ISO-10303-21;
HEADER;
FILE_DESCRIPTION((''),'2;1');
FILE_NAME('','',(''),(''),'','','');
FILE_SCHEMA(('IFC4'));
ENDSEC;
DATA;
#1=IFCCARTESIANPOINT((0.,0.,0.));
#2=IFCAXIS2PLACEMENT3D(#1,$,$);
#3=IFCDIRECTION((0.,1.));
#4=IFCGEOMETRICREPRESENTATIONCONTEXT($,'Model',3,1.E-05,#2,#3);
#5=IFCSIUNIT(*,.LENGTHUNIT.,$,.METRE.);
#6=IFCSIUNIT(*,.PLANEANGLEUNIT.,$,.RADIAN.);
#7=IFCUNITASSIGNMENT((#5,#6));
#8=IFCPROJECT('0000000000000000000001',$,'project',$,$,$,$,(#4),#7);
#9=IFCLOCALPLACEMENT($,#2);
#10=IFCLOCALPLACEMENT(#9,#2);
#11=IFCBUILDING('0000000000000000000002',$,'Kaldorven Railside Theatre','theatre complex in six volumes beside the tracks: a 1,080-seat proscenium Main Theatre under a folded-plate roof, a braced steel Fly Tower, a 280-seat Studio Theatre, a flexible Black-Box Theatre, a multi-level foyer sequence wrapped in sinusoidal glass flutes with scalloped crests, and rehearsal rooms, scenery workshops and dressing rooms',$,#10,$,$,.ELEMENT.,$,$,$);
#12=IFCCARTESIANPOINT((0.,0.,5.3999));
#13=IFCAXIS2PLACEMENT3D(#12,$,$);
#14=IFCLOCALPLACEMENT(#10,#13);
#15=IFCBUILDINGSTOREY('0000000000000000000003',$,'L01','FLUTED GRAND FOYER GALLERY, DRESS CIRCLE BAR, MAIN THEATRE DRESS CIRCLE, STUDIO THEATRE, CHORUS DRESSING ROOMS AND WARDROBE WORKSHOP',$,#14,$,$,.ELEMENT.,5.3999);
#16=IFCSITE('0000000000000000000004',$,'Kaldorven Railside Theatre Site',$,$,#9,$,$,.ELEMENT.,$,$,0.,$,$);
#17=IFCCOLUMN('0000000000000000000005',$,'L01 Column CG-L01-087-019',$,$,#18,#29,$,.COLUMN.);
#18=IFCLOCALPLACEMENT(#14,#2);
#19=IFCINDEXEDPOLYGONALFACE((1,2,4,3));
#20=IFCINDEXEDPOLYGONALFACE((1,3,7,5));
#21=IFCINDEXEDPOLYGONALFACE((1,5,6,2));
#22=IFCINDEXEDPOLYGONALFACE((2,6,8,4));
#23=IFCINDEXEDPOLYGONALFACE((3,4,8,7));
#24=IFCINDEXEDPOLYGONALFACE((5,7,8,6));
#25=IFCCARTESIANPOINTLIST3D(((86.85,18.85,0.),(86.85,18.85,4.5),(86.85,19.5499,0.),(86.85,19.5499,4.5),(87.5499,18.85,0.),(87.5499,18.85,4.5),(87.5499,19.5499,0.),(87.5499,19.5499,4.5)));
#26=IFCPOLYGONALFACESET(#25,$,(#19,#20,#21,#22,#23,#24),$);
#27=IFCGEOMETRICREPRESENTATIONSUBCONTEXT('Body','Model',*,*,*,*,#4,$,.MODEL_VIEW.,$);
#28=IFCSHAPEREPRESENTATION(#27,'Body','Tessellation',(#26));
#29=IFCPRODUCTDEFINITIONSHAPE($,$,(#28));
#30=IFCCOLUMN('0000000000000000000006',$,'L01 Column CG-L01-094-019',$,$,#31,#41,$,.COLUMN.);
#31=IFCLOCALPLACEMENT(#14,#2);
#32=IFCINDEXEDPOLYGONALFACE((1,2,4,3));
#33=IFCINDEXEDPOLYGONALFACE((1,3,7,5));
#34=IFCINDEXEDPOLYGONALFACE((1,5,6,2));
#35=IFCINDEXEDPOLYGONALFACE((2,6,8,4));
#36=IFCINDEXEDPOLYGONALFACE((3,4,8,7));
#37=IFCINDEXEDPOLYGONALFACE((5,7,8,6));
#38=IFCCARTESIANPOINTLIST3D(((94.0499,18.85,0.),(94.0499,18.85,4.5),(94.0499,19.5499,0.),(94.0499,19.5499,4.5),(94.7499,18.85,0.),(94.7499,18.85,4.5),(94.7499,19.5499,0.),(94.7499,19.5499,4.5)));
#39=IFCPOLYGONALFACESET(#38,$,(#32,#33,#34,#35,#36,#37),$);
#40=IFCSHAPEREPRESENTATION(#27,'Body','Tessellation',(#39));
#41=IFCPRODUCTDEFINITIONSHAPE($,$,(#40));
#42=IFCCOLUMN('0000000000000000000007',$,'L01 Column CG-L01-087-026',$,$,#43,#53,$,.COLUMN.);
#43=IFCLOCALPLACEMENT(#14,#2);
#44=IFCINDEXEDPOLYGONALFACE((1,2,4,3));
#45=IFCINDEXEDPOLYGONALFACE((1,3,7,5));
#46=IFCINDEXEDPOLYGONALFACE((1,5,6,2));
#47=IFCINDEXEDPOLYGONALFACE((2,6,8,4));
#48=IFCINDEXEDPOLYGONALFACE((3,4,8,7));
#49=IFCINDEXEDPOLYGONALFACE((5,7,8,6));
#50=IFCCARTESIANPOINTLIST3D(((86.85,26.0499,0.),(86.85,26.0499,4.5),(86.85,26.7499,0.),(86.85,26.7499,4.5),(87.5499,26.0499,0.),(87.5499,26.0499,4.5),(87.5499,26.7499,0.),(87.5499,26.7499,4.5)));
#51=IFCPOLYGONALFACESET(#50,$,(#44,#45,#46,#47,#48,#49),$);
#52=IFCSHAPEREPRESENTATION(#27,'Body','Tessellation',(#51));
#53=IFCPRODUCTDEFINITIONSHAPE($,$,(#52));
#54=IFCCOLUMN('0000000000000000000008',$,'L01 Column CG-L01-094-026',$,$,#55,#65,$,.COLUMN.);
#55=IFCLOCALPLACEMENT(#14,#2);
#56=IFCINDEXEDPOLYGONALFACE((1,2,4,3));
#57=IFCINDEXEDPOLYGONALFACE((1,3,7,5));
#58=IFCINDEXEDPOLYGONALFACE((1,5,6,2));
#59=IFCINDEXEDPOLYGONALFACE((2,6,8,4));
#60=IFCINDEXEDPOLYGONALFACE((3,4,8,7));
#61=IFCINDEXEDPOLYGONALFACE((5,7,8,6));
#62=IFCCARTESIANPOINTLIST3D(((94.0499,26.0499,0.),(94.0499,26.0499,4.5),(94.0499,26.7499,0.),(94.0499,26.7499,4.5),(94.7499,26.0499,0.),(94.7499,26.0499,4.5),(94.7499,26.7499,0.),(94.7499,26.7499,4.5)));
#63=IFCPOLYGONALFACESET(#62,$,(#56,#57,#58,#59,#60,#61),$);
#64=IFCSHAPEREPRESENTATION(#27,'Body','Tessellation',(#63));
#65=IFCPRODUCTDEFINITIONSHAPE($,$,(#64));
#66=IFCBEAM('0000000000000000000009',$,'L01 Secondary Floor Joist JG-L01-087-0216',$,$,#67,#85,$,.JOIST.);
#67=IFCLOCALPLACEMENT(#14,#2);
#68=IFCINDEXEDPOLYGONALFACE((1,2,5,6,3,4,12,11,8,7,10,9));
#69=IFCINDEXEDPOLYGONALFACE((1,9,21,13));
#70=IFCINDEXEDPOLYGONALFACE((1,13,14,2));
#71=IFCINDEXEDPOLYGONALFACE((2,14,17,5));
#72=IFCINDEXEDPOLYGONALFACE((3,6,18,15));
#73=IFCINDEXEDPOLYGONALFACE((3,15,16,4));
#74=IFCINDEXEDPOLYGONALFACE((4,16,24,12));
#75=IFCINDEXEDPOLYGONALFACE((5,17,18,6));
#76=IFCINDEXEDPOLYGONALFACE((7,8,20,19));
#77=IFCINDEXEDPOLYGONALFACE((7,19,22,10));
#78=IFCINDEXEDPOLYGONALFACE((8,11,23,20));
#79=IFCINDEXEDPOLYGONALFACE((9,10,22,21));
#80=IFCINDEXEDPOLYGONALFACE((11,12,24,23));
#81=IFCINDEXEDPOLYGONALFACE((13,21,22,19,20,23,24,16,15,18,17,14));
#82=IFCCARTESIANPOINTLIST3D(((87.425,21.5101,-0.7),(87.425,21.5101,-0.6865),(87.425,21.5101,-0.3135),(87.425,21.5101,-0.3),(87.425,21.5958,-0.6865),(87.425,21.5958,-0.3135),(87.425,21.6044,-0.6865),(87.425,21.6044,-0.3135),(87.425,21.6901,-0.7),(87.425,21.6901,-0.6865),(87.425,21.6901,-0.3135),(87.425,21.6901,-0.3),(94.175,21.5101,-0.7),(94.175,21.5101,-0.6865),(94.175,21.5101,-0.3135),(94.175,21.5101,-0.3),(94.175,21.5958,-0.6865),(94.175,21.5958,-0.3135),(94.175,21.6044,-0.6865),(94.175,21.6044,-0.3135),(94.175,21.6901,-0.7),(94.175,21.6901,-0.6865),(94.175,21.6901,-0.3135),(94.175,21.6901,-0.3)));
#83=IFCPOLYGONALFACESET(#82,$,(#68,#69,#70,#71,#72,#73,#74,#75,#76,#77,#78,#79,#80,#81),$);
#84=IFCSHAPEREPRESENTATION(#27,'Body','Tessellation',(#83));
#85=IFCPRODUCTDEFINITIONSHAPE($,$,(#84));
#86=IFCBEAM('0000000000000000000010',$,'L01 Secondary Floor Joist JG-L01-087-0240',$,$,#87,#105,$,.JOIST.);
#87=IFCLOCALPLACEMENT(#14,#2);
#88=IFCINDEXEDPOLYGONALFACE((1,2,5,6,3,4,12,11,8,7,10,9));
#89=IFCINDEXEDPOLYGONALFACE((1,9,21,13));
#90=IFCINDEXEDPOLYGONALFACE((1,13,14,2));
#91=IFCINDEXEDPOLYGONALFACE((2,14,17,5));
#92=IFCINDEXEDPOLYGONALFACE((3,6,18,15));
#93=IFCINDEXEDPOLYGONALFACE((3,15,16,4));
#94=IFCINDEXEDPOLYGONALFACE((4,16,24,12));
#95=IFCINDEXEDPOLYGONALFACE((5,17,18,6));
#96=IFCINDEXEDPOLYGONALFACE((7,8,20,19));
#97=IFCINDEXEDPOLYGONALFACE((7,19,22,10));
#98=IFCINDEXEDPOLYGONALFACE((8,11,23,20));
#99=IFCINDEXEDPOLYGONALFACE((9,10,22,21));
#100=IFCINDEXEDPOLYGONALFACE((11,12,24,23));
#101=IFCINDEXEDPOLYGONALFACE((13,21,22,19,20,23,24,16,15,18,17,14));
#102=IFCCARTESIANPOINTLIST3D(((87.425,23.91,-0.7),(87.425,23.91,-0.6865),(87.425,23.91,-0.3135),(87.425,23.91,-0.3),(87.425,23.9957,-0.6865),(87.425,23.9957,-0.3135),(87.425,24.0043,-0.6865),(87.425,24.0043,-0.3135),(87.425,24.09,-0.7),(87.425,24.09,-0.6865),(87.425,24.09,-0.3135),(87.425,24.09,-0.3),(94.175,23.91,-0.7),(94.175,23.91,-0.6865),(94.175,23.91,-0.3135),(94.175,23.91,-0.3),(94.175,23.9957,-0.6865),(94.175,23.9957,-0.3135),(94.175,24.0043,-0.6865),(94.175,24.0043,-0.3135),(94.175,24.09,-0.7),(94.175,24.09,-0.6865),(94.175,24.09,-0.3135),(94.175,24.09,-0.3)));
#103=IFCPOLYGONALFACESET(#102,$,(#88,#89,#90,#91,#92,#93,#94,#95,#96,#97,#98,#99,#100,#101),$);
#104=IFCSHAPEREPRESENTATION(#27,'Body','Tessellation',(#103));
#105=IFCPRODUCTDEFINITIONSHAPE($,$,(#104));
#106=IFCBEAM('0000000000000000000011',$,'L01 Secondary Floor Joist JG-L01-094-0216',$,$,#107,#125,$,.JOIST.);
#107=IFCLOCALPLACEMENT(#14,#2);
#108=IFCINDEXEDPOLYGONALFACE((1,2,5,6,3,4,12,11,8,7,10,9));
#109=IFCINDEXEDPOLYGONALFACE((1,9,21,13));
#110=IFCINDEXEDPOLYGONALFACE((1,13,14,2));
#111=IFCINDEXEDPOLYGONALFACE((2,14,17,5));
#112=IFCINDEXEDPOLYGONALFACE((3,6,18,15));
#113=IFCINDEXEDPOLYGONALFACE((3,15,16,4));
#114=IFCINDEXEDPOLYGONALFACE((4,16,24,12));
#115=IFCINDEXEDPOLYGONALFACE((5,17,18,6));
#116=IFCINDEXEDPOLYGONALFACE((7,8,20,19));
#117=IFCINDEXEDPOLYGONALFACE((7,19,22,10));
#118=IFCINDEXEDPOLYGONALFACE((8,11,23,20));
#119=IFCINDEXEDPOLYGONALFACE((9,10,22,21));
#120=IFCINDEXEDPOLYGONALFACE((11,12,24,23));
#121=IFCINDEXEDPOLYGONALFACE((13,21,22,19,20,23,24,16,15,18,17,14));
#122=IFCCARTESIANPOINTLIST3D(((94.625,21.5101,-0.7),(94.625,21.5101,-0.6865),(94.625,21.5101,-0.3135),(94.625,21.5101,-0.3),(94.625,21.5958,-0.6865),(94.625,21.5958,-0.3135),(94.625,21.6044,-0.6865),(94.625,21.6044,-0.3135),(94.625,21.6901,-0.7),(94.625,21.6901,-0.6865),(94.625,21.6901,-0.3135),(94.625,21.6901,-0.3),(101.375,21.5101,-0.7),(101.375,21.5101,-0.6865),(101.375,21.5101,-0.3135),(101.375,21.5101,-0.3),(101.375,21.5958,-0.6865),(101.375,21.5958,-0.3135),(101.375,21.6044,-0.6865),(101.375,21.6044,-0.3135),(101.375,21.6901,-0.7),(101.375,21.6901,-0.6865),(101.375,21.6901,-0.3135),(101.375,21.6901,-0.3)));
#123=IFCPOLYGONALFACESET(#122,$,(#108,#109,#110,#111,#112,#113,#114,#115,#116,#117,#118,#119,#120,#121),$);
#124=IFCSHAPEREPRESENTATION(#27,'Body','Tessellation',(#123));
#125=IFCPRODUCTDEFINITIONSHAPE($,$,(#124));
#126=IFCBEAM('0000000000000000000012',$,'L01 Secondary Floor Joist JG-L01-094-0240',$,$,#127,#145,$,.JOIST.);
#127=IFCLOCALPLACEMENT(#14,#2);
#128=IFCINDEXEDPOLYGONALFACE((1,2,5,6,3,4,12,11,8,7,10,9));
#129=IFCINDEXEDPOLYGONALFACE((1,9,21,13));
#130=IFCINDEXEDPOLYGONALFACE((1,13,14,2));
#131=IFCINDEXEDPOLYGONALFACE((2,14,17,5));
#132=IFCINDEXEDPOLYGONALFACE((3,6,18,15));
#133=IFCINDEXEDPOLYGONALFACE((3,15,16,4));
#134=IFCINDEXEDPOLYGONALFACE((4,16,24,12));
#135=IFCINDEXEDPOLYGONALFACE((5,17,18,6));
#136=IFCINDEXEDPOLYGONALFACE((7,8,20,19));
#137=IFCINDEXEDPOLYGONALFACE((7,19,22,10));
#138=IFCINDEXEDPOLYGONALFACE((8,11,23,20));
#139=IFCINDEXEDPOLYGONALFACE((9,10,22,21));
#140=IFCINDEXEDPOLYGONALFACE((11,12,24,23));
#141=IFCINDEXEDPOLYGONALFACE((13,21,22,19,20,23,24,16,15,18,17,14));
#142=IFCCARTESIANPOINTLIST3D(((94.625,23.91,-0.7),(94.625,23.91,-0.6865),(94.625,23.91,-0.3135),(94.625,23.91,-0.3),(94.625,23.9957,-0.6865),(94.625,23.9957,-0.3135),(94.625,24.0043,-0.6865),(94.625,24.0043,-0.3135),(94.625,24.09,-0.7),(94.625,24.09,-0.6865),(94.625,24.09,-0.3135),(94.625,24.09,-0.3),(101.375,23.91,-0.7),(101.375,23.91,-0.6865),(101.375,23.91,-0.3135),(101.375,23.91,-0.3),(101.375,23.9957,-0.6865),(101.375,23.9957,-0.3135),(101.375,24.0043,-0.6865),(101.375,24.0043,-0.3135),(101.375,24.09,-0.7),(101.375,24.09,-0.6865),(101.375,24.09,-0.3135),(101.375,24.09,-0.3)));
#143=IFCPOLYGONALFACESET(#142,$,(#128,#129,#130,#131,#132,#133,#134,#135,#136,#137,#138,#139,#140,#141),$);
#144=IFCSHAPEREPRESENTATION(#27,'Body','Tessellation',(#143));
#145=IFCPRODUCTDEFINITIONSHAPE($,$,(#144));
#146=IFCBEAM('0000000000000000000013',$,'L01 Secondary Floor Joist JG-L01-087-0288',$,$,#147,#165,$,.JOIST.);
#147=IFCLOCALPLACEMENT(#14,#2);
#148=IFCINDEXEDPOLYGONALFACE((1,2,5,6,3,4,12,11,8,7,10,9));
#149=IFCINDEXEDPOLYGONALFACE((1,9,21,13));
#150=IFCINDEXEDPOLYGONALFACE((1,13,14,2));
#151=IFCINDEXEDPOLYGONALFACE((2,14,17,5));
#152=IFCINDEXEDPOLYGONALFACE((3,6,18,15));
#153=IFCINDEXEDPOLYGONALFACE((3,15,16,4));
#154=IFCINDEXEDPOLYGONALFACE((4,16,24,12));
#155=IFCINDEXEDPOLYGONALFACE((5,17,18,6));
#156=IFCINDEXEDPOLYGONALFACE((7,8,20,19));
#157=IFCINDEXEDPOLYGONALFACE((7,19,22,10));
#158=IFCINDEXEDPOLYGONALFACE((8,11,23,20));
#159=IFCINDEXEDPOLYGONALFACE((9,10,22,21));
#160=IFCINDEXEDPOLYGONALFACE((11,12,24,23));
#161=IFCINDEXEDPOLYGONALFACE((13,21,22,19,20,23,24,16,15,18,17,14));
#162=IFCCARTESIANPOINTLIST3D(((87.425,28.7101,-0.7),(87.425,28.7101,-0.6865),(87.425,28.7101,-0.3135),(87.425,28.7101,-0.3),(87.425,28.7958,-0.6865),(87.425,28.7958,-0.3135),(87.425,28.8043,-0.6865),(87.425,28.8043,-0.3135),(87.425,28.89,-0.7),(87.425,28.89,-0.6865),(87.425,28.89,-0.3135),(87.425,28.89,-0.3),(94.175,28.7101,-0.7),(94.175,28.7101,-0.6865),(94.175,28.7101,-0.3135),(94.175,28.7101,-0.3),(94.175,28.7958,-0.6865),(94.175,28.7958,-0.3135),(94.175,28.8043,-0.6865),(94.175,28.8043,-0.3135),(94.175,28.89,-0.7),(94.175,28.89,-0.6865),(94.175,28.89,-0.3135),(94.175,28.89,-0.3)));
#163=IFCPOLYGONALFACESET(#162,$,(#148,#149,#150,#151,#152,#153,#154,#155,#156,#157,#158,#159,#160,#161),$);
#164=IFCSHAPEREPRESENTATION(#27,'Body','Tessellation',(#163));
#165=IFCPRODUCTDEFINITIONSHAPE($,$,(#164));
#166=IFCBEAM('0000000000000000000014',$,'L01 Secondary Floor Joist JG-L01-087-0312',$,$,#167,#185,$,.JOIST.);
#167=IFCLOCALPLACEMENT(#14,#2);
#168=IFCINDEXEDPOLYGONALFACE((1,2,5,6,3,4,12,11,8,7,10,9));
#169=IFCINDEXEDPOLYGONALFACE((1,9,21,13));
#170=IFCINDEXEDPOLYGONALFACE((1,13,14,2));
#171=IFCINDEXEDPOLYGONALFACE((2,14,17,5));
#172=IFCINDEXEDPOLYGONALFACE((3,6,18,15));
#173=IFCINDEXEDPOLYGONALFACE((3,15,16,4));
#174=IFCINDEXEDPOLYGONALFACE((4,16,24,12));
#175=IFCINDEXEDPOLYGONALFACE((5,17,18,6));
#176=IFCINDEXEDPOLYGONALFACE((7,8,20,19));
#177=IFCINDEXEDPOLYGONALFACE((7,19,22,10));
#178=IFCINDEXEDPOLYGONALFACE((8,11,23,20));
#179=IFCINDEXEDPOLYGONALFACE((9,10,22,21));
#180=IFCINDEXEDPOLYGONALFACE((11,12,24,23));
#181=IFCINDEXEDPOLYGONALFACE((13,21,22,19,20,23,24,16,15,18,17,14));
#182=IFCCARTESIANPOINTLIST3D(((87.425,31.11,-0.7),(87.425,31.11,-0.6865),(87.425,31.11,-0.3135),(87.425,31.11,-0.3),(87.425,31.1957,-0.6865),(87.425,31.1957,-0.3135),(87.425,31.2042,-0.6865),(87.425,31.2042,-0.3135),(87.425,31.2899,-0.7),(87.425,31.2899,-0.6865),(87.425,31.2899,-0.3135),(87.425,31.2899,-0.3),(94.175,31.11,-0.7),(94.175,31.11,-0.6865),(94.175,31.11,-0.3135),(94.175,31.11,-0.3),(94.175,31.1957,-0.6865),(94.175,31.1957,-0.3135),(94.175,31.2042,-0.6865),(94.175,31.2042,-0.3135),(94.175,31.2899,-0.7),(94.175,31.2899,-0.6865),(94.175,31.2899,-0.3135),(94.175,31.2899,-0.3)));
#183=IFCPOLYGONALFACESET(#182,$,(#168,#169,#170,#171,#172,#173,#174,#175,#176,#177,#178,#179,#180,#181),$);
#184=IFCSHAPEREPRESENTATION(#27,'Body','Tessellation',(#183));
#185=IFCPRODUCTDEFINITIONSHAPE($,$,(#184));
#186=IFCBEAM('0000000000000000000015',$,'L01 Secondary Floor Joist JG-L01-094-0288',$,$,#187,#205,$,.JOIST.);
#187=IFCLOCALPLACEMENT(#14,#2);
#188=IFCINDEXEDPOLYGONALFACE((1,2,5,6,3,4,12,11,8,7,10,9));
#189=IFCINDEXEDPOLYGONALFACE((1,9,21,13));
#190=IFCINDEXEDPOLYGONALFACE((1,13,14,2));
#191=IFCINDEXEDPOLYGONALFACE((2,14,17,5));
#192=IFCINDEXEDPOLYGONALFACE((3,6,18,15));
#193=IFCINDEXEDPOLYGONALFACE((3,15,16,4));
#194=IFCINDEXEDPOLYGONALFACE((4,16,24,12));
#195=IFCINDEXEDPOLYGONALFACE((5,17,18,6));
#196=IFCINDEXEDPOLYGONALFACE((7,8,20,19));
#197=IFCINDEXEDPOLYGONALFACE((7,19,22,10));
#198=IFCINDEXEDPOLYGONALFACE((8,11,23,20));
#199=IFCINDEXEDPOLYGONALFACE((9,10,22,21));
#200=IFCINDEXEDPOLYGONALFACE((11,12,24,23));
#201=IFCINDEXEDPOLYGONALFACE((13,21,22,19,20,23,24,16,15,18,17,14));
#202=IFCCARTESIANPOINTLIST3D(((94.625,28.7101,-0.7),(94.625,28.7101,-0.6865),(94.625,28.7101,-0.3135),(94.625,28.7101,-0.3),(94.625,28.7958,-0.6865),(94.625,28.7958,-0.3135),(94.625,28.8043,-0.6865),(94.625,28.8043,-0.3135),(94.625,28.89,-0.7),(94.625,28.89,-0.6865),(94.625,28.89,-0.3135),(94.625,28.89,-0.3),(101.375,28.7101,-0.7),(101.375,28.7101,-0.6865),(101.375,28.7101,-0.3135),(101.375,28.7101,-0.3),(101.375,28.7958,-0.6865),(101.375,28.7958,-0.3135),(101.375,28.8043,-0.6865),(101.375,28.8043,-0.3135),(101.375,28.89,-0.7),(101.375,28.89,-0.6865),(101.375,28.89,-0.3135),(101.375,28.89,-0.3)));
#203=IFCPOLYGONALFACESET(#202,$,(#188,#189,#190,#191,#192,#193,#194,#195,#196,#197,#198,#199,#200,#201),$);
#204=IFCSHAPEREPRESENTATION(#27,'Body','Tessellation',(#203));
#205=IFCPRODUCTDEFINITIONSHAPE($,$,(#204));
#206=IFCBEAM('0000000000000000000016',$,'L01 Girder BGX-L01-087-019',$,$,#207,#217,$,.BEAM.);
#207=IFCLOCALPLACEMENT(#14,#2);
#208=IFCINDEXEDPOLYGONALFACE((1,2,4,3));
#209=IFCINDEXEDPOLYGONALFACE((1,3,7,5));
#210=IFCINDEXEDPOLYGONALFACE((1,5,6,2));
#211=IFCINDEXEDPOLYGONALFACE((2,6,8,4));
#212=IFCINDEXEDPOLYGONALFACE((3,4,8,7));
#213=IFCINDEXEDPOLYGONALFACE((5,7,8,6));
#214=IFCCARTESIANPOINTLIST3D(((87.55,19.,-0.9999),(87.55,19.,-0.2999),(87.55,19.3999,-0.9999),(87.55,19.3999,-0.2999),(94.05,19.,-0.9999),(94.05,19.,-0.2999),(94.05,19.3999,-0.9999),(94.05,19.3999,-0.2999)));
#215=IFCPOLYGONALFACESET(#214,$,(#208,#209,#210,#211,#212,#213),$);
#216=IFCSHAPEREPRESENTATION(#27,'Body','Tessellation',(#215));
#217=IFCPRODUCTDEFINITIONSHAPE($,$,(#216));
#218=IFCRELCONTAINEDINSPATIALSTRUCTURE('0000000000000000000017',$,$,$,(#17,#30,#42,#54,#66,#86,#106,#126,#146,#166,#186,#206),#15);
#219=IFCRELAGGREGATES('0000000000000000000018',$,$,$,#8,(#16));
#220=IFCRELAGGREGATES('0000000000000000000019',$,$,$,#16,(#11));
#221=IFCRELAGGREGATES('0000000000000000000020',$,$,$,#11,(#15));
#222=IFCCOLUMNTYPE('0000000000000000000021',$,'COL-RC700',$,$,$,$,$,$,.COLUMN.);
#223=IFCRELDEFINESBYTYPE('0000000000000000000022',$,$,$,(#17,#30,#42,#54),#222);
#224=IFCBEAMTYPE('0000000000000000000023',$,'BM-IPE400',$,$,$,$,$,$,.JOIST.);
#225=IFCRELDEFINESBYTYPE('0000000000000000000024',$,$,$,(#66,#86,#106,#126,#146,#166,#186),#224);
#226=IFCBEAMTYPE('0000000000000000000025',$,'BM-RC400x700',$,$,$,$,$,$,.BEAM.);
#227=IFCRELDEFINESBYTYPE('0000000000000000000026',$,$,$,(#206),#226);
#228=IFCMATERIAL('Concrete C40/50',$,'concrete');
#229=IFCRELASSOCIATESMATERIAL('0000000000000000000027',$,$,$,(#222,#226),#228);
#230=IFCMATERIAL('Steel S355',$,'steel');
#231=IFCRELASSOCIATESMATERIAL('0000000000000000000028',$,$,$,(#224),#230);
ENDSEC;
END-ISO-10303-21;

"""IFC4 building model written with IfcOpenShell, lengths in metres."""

from ifc_helpers import new_model, si_unit, direction, frame, origin, origin_2d, place, context, subcontext, project, spatial, rectangle, i_section, extrude, material, material_profile, profile_set, type_object, element, save


model = new_model("IFC4")

# Units and contexts
model_context = context("Model", 3, precision=1e-05, world=origin(), true_north=direction((0.0, 1.0)))
body_context = subcontext(model_context, "Body", "Model", "MODEL_VIEW")
ifc_project = project(units=[si_unit("LENGTHUNIT", "METRE"), si_unit("PLANEANGLEUNIT", "RADIAN")], contexts=[model_context])

# Site, building, storey
site_placement = place(None, origin())
site = spatial("IfcSite", under=ifc_project, at=site_placement, Name="Kaldorven Railside Theatre Site", CompositionType="ELEMENT", RefElevation=0.0)
building_placement = place(site_placement, origin())
building = spatial("IfcBuilding", under=site, at=building_placement, Name="Kaldorven Railside Theatre", Description="theatre complex in six volumes beside the tracks: a 1,080-seat proscenium Main Theatre under a folded-plate roof, a braced steel Fly Tower, a 280-seat Studio Theatre, a flexible Black-Box Theatre, a multi-level foyer sequence wrapped in sinusoidal glass flutes with scalloped crests, and rehearsal rooms, scenery workshops and dressing rooms", CompositionType="ELEMENT")
storey_placement = place(building_placement, frame((0.0, 0.0, 5.3999)))
storey = spatial("IfcBuildingStorey", under=building, at=storey_placement, Name="L01", Description="FLUTED GRAND FOYER GALLERY, DRESS CIRCLE BAR, MAIN THEATRE DRESS CIRCLE, STUDIO THEATRE, CHORUS DRESSING ROOMS AND WARDROBE WORKSHOP", CompositionType="ELEMENT", Elevation=5.3999)

# Columns
ifc_material_1 = material(Name="Concrete C40/50", Category="concrete")
ifc_material_profile_1 = material_profile(ifc_material_1, rectangle(XDim=0.7, YDim=0.7, at=origin_2d()), Name="RC 700x700")
ifc_profile_set_1 = profile_set([ifc_material_profile_1], Name="Concrete C40/50")
column_type = type_object("IfcColumnType", Name="COL-RC700", PredefinedType="COLUMN", material=ifc_profile_set_1)
for number, where, z_axis, x_axis, name in (
    (1, (87.2, 19.2, 0.0), (0.0, 0.0, 1.0), (1.0, 0.0, 0.0), "L01 Column CG-L01-087-019"),
    (2, (94.3999, 19.2, 0.0), (0.0, 0.0, 1.0), (0.0, 1.0, 0.0), "L01 Column CG-L01-094-019"),
    (3, (87.2, 26.3999, 0.0), (0.0, 0.0, 1.0), (0.0, 1.0, 0.0), "L01 Column CG-L01-087-026"),
    (4, (94.3999, 26.3999, 0.0), (0.0, 0.0, 1.0), (1.0, 0.0, 0.0), "L01 Column CG-L01-094-026"),
):
    element("IfcColumn", number, at=place(storey_placement, frame(where, z_axis=z_axis, x_axis=x_axis)), inside=storey, type_object=column_type, Name=name, PredefinedType="COLUMN", context=body_context, shape_type="SweptSolid", body=[
        extrude(rectangle(XDim=0.7, YDim=0.7, at=origin_2d()), origin(), (0.0, 0.0, 1.0), 4.5),
    ])

# Beams
ifc_material_2 = material(Name="Steel S355", Category="steel")
ifc_material_profile_2 = material_profile(ifc_material_2, i_section(OverallWidth=0.1799, OverallDepth=0.3999, WebThickness=0.0085, FlangeThickness=0.0134, at=origin_2d()), Name="IPE 400")
ifc_profile_set_2 = profile_set([ifc_material_profile_2], Name="Steel S355")
beam_type_1 = type_object("IfcBeamType", Name="BM-IPE400", PredefinedType="JOIST", material=ifc_profile_set_2)
for number, where, z_axis, x_axis, name in (
    (5, (87.425, 21.6001, -0.5), (1.0, 0.0, 0.0), (0.0, 1.0, 0.0), "L01 Secondary Floor Joist JG-L01-087-0216"),
    (6, (87.425, 24.0, -0.5), (1.0, 0.0, 0.0), (0.0, 1.0, 0.0), "L01 Secondary Floor Joist JG-L01-087-0240"),
    (7, (94.625, 21.6001, -0.5), (1.0, 0.0, 0.0), (0.0, 1.0, 0.0), "L01 Secondary Floor Joist JG-L01-094-0216"),
    (8, (94.625, 24.0, -0.5), (1.0, 0.0, 0.0), (0.0, 1.0, 0.0), "L01 Secondary Floor Joist JG-L01-094-0240"),
    (9, (87.425, 28.8, -0.5), (1.0, 0.0, 0.0), (0.0, 1.0, 0.0), "L01 Secondary Floor Joist JG-L01-087-0288"),
    (10, (87.425, 31.2, -0.5), (1.0, 0.0, 0.0), (0.0, 1.0, 0.0), "L01 Secondary Floor Joist JG-L01-087-0312"),
    (11, (94.625, 28.8, -0.5), (1.0, 0.0, 0.0), (0.0, 1.0, 0.0), "L01 Secondary Floor Joist JG-L01-094-0288"),
):
    element("IfcBeam", number, at=place(storey_placement, frame(where, z_axis=z_axis, x_axis=x_axis)), inside=storey, type_object=beam_type_1, Name=name, PredefinedType="JOIST", context=body_context, shape_type="SweptSolid", body=[
        extrude(i_section(OverallWidth=0.1799, OverallDepth=0.3999, WebThickness=0.0085, FlangeThickness=0.0134, at=origin_2d()), origin(), (0.0, 0.0, 1.0), 6.75),
    ])
ifc_material_profile_3 = material_profile(ifc_material_1, rectangle(XDim=0.3999, YDim=0.7, at=origin_2d()), Name="RC 400x700")
ifc_profile_set_3 = profile_set([ifc_material_profile_3], Name="Concrete C40/50")
beam_type_2 = type_object("IfcBeamType", Name="BM-RC400x700", PredefinedType="BEAM", material=ifc_profile_set_3)
for number, where, z_axis, x_axis, name in (
    (12, (87.55, 19.2, -0.6499), (1.0, 0.0, 0.0), (0.0, 1.0, 0.0), "L01 Girder BGX-L01-087-019"),
):
    element("IfcBeam", number, at=place(storey_placement, frame(where, z_axis=z_axis, x_axis=x_axis)), inside=storey, type_object=beam_type_2, Name=name, PredefinedType="BEAM", context=body_context, shape_type="SweptSolid", body=[
        extrude(rectangle(XDim=0.3999, YDim=0.7, at=origin_2d()), origin(), (0.0, 0.0, 1.0), 6.5),
    ])

save(model, "model.ifc")
